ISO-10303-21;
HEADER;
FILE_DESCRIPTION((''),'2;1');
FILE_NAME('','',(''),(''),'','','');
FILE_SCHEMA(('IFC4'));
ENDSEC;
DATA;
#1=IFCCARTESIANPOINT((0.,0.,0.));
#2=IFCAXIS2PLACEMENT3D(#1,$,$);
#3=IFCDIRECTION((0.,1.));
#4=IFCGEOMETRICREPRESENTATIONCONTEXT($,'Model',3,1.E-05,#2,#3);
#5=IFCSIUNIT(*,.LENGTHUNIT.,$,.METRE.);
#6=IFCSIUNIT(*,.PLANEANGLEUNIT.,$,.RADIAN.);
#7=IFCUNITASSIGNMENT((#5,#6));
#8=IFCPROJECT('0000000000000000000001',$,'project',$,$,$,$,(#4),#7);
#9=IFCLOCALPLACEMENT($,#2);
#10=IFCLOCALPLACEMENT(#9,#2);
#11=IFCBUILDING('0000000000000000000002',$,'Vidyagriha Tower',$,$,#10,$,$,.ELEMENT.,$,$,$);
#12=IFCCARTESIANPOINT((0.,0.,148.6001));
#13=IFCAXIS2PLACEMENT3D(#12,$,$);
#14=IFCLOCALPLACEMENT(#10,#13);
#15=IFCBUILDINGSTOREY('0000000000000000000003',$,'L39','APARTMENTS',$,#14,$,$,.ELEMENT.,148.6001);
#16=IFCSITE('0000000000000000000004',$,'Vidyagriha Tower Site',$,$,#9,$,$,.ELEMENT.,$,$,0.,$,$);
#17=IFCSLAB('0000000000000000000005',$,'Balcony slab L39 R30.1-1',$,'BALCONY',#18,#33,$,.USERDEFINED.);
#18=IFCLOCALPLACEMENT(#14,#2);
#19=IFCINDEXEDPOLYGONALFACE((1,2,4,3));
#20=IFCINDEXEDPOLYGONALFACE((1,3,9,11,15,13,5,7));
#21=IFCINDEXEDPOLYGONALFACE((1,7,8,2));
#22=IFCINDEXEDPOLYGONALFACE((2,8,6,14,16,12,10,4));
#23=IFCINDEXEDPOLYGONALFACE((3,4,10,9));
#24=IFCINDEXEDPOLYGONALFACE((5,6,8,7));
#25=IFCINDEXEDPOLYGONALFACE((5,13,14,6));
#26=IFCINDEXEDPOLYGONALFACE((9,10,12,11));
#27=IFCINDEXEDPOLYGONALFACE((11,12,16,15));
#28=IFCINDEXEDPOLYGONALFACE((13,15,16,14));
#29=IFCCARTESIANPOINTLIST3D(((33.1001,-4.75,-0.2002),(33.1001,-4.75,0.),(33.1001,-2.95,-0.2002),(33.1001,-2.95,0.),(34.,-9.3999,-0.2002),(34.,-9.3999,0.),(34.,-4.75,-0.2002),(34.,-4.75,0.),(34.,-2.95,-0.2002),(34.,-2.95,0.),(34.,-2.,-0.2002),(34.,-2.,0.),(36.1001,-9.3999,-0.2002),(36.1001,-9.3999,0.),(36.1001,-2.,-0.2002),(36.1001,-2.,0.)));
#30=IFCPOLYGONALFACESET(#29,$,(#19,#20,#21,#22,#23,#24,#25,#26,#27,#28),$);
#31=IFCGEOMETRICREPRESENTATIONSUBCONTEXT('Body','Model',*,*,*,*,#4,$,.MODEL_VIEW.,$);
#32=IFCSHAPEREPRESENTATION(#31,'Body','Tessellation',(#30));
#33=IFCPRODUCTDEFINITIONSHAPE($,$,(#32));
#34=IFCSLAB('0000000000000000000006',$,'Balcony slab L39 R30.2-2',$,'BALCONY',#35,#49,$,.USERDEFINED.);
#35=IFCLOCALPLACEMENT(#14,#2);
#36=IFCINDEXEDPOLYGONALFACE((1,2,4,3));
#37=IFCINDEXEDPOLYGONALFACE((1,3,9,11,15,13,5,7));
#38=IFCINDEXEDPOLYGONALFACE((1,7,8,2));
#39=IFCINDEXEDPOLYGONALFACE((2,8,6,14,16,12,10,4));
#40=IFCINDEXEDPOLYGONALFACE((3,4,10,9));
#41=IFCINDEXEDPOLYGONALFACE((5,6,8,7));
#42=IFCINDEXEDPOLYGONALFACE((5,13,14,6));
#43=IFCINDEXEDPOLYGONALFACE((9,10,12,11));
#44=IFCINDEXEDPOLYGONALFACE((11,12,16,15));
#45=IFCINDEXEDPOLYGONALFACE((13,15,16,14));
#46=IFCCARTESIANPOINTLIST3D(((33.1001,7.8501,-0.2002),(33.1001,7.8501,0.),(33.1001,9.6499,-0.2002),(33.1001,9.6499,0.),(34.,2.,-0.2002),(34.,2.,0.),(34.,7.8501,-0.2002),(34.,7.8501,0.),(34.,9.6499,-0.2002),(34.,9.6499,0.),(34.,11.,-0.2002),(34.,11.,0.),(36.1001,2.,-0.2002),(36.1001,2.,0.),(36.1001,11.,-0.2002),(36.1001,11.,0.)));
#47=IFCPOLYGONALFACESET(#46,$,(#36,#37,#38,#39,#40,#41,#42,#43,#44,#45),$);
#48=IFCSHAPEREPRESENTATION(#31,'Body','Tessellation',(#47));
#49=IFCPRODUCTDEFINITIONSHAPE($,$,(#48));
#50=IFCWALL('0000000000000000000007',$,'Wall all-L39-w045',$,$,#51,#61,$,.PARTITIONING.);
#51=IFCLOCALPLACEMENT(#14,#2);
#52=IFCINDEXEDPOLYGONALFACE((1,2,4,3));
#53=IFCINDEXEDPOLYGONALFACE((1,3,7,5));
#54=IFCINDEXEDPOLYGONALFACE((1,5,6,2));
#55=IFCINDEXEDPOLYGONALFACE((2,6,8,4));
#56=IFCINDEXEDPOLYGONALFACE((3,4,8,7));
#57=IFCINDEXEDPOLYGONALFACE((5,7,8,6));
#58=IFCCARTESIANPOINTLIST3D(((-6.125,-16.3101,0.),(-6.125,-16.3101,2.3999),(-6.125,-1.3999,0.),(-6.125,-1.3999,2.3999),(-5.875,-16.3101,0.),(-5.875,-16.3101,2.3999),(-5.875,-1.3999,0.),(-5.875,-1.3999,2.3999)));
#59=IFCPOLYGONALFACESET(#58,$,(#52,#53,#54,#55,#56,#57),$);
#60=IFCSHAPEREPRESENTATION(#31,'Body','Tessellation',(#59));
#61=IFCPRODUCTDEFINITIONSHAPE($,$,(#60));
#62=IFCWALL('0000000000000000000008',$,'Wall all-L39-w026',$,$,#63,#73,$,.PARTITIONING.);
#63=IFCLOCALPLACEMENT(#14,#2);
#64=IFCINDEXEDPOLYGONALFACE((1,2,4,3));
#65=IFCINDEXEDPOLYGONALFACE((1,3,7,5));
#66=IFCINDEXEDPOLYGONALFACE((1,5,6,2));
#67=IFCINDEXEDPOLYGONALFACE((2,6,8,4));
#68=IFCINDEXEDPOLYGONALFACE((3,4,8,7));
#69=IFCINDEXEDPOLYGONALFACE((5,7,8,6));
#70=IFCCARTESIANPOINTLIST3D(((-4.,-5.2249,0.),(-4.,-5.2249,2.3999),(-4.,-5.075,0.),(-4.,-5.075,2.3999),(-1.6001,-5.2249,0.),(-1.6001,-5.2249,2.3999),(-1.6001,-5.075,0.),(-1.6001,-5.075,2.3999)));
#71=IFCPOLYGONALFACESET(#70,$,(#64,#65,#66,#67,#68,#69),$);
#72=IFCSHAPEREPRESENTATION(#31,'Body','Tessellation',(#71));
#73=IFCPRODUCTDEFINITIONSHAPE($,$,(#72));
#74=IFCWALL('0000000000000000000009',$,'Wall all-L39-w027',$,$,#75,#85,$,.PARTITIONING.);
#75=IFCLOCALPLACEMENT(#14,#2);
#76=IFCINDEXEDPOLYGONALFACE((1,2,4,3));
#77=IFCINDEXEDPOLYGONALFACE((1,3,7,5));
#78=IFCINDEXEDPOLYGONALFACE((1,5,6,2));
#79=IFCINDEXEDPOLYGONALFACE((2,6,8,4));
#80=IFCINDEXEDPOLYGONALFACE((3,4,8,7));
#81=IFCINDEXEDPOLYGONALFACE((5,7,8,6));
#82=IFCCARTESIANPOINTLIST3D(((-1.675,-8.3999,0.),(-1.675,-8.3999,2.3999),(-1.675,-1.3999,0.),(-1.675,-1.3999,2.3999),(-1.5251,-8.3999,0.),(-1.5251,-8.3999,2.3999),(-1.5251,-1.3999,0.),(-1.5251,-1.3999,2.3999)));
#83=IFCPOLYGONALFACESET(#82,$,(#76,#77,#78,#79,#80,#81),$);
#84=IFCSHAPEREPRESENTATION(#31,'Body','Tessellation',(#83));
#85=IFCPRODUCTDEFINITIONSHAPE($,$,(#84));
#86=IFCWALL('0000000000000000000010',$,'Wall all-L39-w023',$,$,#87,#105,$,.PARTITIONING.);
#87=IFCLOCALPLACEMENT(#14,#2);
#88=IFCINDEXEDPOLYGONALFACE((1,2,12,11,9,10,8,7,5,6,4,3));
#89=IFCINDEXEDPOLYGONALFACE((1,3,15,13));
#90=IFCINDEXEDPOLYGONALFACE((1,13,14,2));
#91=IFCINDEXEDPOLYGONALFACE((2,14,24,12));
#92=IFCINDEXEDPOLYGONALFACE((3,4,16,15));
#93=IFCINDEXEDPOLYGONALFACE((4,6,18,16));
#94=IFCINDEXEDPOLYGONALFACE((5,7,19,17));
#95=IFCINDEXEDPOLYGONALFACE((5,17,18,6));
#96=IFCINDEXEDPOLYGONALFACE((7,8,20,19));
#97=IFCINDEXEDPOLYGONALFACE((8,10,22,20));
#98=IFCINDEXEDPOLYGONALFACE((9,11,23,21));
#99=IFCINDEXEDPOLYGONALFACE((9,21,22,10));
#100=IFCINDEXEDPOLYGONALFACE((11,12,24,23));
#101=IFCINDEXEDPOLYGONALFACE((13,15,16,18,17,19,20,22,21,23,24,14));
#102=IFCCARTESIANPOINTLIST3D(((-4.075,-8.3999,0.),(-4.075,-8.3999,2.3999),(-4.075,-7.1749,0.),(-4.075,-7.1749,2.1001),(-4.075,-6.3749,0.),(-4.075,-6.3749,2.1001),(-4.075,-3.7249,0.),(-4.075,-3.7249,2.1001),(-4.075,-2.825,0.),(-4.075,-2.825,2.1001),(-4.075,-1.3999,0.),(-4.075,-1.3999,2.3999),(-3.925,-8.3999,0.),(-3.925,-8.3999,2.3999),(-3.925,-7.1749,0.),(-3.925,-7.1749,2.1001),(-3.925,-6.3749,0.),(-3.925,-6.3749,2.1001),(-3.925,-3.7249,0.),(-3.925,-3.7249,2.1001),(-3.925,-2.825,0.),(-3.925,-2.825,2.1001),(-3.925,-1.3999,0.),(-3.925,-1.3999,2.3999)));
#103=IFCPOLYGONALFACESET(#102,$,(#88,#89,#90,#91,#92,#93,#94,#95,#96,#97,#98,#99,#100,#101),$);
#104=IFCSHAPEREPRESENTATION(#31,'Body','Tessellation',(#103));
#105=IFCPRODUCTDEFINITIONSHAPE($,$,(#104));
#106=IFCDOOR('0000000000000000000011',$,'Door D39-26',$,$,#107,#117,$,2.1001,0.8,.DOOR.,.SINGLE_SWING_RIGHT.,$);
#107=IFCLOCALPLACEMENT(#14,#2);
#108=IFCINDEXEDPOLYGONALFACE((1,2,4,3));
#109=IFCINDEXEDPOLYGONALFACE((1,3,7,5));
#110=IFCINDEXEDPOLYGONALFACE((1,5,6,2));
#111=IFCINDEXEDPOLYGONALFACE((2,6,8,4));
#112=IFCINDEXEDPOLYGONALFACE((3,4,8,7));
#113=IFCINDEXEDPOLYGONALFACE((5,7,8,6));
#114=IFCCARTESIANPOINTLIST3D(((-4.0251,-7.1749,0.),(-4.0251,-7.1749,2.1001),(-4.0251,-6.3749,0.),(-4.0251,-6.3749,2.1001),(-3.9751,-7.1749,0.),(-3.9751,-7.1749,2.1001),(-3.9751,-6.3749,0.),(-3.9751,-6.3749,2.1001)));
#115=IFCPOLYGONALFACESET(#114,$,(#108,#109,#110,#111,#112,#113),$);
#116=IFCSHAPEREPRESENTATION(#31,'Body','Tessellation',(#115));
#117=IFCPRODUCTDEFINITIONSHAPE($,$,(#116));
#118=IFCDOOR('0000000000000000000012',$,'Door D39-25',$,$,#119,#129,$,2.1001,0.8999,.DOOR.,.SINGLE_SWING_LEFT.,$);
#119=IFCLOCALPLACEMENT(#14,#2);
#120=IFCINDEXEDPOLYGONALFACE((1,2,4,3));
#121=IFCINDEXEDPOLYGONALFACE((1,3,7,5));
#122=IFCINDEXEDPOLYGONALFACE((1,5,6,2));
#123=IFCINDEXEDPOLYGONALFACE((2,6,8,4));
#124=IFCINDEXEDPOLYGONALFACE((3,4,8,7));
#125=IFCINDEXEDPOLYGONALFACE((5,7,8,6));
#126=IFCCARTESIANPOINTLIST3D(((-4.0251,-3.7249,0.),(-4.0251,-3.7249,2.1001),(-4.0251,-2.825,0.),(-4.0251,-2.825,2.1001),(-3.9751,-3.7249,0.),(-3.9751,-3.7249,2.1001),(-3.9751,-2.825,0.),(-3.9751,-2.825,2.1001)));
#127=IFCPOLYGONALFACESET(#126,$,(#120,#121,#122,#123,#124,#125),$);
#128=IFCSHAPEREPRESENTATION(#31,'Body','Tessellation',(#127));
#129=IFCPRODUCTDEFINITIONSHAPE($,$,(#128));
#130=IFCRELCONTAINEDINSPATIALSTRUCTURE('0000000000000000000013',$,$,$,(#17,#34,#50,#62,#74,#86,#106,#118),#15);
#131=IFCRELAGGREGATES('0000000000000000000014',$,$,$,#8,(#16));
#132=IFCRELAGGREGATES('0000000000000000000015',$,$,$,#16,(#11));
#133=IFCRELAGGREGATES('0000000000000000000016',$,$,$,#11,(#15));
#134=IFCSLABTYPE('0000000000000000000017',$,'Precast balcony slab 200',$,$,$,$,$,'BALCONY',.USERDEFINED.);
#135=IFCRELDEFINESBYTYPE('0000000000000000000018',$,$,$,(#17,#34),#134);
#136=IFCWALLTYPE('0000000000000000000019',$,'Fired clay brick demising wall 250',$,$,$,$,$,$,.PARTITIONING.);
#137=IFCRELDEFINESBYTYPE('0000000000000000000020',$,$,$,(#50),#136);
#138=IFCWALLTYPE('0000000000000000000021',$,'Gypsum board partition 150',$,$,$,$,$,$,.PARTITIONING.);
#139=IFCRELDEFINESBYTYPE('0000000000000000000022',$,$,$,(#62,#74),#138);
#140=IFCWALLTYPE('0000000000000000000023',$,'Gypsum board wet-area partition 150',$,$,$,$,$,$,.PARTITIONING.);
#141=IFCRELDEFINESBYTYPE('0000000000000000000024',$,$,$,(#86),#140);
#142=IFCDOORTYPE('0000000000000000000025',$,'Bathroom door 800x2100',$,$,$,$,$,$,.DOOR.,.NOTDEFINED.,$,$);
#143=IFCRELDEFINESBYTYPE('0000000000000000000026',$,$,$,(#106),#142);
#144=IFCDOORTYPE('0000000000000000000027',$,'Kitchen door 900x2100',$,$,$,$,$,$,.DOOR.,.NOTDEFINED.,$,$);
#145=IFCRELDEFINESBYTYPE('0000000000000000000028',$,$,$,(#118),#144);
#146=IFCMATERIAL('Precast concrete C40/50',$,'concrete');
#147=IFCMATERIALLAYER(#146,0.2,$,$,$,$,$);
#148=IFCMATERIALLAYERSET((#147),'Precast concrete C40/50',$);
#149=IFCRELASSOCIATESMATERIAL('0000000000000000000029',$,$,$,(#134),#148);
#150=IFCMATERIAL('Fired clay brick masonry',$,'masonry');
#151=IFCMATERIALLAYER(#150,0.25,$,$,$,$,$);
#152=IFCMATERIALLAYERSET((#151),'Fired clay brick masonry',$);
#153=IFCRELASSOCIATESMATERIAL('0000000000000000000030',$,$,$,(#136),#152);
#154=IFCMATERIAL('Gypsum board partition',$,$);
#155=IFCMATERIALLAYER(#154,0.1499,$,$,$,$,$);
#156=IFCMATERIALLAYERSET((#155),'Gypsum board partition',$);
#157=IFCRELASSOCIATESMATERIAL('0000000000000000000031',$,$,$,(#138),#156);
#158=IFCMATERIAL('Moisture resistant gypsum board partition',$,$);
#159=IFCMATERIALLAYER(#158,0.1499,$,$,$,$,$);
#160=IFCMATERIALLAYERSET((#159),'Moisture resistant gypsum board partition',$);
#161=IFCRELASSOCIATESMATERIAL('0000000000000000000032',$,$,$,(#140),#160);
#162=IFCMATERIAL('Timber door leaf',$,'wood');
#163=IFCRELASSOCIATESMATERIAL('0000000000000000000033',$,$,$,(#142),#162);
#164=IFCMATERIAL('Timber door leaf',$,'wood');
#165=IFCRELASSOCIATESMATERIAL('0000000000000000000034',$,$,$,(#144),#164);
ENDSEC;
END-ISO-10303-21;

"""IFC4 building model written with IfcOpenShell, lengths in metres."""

from ifc_helpers import new_model, si_unit, direction, frame, frame_2d, origin, place, context, subcontext, project, spatial, polyline, rectangle, outline, extrude, material, layer, layer_set, type_object, element, fill, save


model = new_model("IFC4")

# Units and contexts
model_context = context("Model", 3, precision=1e-05, world=origin(), true_north=direction((0.0, 1.0)))
body_context = subcontext(model_context, "Body", "Model", "MODEL_VIEW")
ifc_project = project(units=[si_unit("LENGTHUNIT", "METRE"), si_unit("PLANEANGLEUNIT", "RADIAN")], contexts=[model_context])

# Site, building, storey
site_placement = place(None, origin())
site = spatial("IfcSite", under=ifc_project, at=site_placement, Name="Vidyagriha Tower Site", CompositionType="ELEMENT", RefElevation=0.0)
building_placement = place(site_placement, origin())
building = spatial("IfcBuilding", under=site, at=building_placement, Name="Vidyagriha Tower", CompositionType="ELEMENT")
storey_placement = place(building_placement, frame((0.0, 0.0, 148.6001)))
storey = spatial("IfcBuildingStorey", under=building, at=storey_placement, Name="L39", Description="APARTMENTS", CompositionType="ELEMENT", Elevation=148.6001)

# Slabs
ifc_material_1 = material(Name="Precast concrete C40/50", Category="concrete")
ifc_layer_1 = layer(ifc_material_1, 0.2)
ifc_layer_set_1 = layer_set([ifc_layer_1], Name="Precast concrete C40/50")
slab_type_1 = type_object("IfcSlabType", Name="Precast balcony slab 200", ElementType="BALCONY", PredefinedType="USERDEFINED", material=ifc_layer_set_1)
slab_1_placement = place(storey_placement, frame((0.0, 0.0, -0.2002)))
element("IfcSlab", 1, at=slab_1_placement, inside=storey, type_object=slab_type_1, Name="Balcony slab L39 R30.1-1", ObjectType="BALCONY", PredefinedType="USERDEFINED", context=body_context, shape_type="SweptSolid", body=[
    extrude(outline(polyline([(34.0, -4.75), (34.0, -9.3999), (36.1001, -9.3999), (36.1001, -2.0), (34.0, -2.0), (34.0, -2.95), (33.1001, -2.95), (33.1001, -4.75), (34.0, -4.75)])), origin(), (0.0, 0.0, 1.0), 0.2002),
])
slab_2_placement = place(storey_placement, frame((0.0, 0.0, -0.2002)))
element("IfcSlab", 2, at=slab_2_placement, inside=storey, type_object=slab_type_1, Name="Balcony slab L39 R30.2-2", ObjectType="BALCONY", PredefinedType="USERDEFINED", context=body_context, shape_type="SweptSolid", body=[
    extrude(outline(polyline([(34.0, 7.8501), (34.0, 2.0), (36.1001, 2.0), (36.1001, 11.0), (34.0, 11.0), (34.0, 9.6499), (33.1001, 9.6499), (33.1001, 7.8501), (34.0, 7.8501)])), origin(), (0.0, 0.0, 1.0), 0.2002),
])

# Walls
ifc_material_2 = material(Name="Fired clay brick masonry", Category="masonry")
ifc_layer_2 = layer(ifc_material_2, 0.25)
ifc_layer_set_2 = layer_set([ifc_layer_2], Name="Fired clay brick masonry")
wall_type_1 = type_object("IfcWallType", Name="Fired clay brick demising wall 250", PredefinedType="PARTITIONING", material=ifc_layer_set_2)
wall_1_placement = place(storey_placement, frame((-6.0, -1.3999, 0.0), z_axis=(0.0, 0.0, 1.0), x_axis=(0.0, -1.0, 0.0)))
element("IfcWall", 3, at=wall_1_placement, inside=storey, type_object=wall_type_1, Name="Wall all-L39-w045", PredefinedType="PARTITIONING", context=body_context, shape_type="SweptSolid", body=[
    extrude(rectangle(XDim=14.9102, YDim=0.25, at=frame_2d((7.4551, 0.0))), origin(), (0.0, 0.0, 1.0), 2.3999),
])
ifc_material_3 = material(Name="Gypsum board partition")
ifc_layer_3 = layer(ifc_material_3, 0.1499)
ifc_layer_set_3 = layer_set([ifc_layer_3], Name="Gypsum board partition")
wall_type_2 = type_object("IfcWallType", Name="Gypsum board partition 150", PredefinedType="PARTITIONING", material=ifc_layer_set_3)
wall_2_placement = place(storey_placement, frame((-1.6001, -5.1499, 0.0), z_axis=(0.0, 0.0, 1.0), x_axis=(-1.0, 0.0, 0.0)))
element("IfcWall", 4, at=wall_2_placement, inside=storey, type_object=wall_type_2, Name="Wall all-L39-w026", PredefinedType="PARTITIONING", context=body_context, shape_type="SweptSolid", body=[
    extrude(rectangle(XDim=2.3999, YDim=0.1499, at=frame_2d((1.2, 0.0))), origin(), (0.0, 0.0, 1.0), 2.3999),
])
wall_3_placement = place(storey_placement, frame((-1.6001, -1.3999, 0.0), z_axis=(0.0, 0.0, 1.0), x_axis=(0.0, -1.0, 0.0)))
element("IfcWall", 5, at=wall_3_placement, inside=storey, type_object=wall_type_2, Name="Wall all-L39-w027", PredefinedType="PARTITIONING", context=body_context, shape_type="SweptSolid", body=[
    extrude(rectangle(XDim=7.0, YDim=0.1499, at=frame_2d((3.5, 0.0))), origin(), (0.0, 0.0, 1.0), 2.3999),
])

# Wall, openings, doors
ifc_material_4 = material(Name="Moisture resistant gypsum board partition")
ifc_layer_4 = layer(ifc_material_4, 0.1499)
ifc_layer_set_4 = layer_set([ifc_layer_4], Name="Moisture resistant gypsum board partition")
wall_type_3 = type_object("IfcWallType", Name="Gypsum board wet-area partition 150", PredefinedType="PARTITIONING", material=ifc_layer_set_4)
wall_4_placement = place(storey_placement, frame((-4.0, -1.3999, 0.0), z_axis=(0.0, 0.0, 1.0), x_axis=(0.0, -1.0, 0.0)))
wall_4 = element("IfcWall", 6, at=wall_4_placement, inside=storey, type_object=wall_type_3, Name="Wall all-L39-w023", PredefinedType="PARTITIONING", context=body_context, shape_type="SweptSolid", body=[
    extrude(rectangle(XDim=7.0, YDim=0.1499, at=frame_2d((3.5, 0.0))), origin(), (0.0, 0.0, 1.0), 2.3999),
])
opening_1_placement = place(wall_4_placement, frame((1.425, 0.0, 0.0)))
opening_1 = element("IfcOpeningElement", 7, at=opening_1_placement, cuts=wall_4, PredefinedType="OPENING", context=body_context, shape_type="SweptSolid", body=[
    extrude(rectangle(XDim=0.8999, YDim=2.1001, at=frame_2d((0.45, 1.05))), frame((0.0, 0.085, 0.0), z_axis=(0.0, -1.0, 0.0), x_axis=(1.0, 0.0, 0.0)), (0.0, 0.0, 1.0), 0.1699),
])
opening_2_placement = place(wall_4_placement, frame((4.9751, 0.0, 0.0)))
opening_2 = element("IfcOpeningElement", 8, at=opening_2_placement, cuts=wall_4, PredefinedType="OPENING", context=body_context, shape_type="SweptSolid", body=[
    extrude(rectangle(XDim=0.8, YDim=2.1001, at=frame_2d((0.3999, 1.05))), frame((0.0, 0.085, 0.0), z_axis=(0.0, -1.0, 0.0), x_axis=(1.0, 0.0, 0.0)), (0.0, 0.0, 1.0), 0.1699),
])
ifc_material_5 = material(Name="Timber door leaf", Category="wood")
door_type_1 = type_object("IfcDoorType", Name="Bathroom door 800x2100", OperationType="NOTDEFINED", PredefinedType="DOOR", material=ifc_material_5)
door_1_placement = place(opening_2_placement, origin())
door_1 = element("IfcDoor", 9, at=door_1_placement, inside=storey, type_object=door_type_1, Name="Door D39-26", OperationType="SINGLE_SWING_RIGHT", OverallHeight=2.1001, OverallWidth=0.8, PredefinedType="DOOR", context=body_context, shape_type="SweptSolid", body=[
    extrude(rectangle(XDim=0.8, YDim=2.1001, at=frame_2d((0.3999, 1.05))), frame((0.0, 0.0249, 0.0), z_axis=(0.0, -1.0, 0.0), x_axis=(1.0, 0.0, 0.0)), (0.0, 0.0, 1.0), 0.05),
])
fill(opening_2, door_1)
ifc_material_6 = material(Name="Timber door leaf", Category="wood")
door_type_2 = type_object("IfcDoorType", Name="Kitchen door 900x2100", OperationType="NOTDEFINED", PredefinedType="DOOR", material=ifc_material_6)
door_2_placement = place(opening_1_placement, origin())
door_2 = element("IfcDoor", 10, at=door_2_placement, inside=storey, type_object=door_type_2, Name="Door D39-25", OperationType="SINGLE_SWING_LEFT", OverallHeight=2.1001, OverallWidth=0.8999, PredefinedType="DOOR", context=body_context, shape_type="SweptSolid", body=[
    extrude(rectangle(XDim=0.8999, YDim=2.1001, at=frame_2d((0.45, 1.05))), frame((0.0, 0.0249, 0.0), z_axis=(0.0, -1.0, 0.0), x_axis=(1.0, 0.0, 0.0)), (0.0, 0.0, 1.0), 0.05),
])
fill(opening_1, door_2)

save(model, "model.ifc")
